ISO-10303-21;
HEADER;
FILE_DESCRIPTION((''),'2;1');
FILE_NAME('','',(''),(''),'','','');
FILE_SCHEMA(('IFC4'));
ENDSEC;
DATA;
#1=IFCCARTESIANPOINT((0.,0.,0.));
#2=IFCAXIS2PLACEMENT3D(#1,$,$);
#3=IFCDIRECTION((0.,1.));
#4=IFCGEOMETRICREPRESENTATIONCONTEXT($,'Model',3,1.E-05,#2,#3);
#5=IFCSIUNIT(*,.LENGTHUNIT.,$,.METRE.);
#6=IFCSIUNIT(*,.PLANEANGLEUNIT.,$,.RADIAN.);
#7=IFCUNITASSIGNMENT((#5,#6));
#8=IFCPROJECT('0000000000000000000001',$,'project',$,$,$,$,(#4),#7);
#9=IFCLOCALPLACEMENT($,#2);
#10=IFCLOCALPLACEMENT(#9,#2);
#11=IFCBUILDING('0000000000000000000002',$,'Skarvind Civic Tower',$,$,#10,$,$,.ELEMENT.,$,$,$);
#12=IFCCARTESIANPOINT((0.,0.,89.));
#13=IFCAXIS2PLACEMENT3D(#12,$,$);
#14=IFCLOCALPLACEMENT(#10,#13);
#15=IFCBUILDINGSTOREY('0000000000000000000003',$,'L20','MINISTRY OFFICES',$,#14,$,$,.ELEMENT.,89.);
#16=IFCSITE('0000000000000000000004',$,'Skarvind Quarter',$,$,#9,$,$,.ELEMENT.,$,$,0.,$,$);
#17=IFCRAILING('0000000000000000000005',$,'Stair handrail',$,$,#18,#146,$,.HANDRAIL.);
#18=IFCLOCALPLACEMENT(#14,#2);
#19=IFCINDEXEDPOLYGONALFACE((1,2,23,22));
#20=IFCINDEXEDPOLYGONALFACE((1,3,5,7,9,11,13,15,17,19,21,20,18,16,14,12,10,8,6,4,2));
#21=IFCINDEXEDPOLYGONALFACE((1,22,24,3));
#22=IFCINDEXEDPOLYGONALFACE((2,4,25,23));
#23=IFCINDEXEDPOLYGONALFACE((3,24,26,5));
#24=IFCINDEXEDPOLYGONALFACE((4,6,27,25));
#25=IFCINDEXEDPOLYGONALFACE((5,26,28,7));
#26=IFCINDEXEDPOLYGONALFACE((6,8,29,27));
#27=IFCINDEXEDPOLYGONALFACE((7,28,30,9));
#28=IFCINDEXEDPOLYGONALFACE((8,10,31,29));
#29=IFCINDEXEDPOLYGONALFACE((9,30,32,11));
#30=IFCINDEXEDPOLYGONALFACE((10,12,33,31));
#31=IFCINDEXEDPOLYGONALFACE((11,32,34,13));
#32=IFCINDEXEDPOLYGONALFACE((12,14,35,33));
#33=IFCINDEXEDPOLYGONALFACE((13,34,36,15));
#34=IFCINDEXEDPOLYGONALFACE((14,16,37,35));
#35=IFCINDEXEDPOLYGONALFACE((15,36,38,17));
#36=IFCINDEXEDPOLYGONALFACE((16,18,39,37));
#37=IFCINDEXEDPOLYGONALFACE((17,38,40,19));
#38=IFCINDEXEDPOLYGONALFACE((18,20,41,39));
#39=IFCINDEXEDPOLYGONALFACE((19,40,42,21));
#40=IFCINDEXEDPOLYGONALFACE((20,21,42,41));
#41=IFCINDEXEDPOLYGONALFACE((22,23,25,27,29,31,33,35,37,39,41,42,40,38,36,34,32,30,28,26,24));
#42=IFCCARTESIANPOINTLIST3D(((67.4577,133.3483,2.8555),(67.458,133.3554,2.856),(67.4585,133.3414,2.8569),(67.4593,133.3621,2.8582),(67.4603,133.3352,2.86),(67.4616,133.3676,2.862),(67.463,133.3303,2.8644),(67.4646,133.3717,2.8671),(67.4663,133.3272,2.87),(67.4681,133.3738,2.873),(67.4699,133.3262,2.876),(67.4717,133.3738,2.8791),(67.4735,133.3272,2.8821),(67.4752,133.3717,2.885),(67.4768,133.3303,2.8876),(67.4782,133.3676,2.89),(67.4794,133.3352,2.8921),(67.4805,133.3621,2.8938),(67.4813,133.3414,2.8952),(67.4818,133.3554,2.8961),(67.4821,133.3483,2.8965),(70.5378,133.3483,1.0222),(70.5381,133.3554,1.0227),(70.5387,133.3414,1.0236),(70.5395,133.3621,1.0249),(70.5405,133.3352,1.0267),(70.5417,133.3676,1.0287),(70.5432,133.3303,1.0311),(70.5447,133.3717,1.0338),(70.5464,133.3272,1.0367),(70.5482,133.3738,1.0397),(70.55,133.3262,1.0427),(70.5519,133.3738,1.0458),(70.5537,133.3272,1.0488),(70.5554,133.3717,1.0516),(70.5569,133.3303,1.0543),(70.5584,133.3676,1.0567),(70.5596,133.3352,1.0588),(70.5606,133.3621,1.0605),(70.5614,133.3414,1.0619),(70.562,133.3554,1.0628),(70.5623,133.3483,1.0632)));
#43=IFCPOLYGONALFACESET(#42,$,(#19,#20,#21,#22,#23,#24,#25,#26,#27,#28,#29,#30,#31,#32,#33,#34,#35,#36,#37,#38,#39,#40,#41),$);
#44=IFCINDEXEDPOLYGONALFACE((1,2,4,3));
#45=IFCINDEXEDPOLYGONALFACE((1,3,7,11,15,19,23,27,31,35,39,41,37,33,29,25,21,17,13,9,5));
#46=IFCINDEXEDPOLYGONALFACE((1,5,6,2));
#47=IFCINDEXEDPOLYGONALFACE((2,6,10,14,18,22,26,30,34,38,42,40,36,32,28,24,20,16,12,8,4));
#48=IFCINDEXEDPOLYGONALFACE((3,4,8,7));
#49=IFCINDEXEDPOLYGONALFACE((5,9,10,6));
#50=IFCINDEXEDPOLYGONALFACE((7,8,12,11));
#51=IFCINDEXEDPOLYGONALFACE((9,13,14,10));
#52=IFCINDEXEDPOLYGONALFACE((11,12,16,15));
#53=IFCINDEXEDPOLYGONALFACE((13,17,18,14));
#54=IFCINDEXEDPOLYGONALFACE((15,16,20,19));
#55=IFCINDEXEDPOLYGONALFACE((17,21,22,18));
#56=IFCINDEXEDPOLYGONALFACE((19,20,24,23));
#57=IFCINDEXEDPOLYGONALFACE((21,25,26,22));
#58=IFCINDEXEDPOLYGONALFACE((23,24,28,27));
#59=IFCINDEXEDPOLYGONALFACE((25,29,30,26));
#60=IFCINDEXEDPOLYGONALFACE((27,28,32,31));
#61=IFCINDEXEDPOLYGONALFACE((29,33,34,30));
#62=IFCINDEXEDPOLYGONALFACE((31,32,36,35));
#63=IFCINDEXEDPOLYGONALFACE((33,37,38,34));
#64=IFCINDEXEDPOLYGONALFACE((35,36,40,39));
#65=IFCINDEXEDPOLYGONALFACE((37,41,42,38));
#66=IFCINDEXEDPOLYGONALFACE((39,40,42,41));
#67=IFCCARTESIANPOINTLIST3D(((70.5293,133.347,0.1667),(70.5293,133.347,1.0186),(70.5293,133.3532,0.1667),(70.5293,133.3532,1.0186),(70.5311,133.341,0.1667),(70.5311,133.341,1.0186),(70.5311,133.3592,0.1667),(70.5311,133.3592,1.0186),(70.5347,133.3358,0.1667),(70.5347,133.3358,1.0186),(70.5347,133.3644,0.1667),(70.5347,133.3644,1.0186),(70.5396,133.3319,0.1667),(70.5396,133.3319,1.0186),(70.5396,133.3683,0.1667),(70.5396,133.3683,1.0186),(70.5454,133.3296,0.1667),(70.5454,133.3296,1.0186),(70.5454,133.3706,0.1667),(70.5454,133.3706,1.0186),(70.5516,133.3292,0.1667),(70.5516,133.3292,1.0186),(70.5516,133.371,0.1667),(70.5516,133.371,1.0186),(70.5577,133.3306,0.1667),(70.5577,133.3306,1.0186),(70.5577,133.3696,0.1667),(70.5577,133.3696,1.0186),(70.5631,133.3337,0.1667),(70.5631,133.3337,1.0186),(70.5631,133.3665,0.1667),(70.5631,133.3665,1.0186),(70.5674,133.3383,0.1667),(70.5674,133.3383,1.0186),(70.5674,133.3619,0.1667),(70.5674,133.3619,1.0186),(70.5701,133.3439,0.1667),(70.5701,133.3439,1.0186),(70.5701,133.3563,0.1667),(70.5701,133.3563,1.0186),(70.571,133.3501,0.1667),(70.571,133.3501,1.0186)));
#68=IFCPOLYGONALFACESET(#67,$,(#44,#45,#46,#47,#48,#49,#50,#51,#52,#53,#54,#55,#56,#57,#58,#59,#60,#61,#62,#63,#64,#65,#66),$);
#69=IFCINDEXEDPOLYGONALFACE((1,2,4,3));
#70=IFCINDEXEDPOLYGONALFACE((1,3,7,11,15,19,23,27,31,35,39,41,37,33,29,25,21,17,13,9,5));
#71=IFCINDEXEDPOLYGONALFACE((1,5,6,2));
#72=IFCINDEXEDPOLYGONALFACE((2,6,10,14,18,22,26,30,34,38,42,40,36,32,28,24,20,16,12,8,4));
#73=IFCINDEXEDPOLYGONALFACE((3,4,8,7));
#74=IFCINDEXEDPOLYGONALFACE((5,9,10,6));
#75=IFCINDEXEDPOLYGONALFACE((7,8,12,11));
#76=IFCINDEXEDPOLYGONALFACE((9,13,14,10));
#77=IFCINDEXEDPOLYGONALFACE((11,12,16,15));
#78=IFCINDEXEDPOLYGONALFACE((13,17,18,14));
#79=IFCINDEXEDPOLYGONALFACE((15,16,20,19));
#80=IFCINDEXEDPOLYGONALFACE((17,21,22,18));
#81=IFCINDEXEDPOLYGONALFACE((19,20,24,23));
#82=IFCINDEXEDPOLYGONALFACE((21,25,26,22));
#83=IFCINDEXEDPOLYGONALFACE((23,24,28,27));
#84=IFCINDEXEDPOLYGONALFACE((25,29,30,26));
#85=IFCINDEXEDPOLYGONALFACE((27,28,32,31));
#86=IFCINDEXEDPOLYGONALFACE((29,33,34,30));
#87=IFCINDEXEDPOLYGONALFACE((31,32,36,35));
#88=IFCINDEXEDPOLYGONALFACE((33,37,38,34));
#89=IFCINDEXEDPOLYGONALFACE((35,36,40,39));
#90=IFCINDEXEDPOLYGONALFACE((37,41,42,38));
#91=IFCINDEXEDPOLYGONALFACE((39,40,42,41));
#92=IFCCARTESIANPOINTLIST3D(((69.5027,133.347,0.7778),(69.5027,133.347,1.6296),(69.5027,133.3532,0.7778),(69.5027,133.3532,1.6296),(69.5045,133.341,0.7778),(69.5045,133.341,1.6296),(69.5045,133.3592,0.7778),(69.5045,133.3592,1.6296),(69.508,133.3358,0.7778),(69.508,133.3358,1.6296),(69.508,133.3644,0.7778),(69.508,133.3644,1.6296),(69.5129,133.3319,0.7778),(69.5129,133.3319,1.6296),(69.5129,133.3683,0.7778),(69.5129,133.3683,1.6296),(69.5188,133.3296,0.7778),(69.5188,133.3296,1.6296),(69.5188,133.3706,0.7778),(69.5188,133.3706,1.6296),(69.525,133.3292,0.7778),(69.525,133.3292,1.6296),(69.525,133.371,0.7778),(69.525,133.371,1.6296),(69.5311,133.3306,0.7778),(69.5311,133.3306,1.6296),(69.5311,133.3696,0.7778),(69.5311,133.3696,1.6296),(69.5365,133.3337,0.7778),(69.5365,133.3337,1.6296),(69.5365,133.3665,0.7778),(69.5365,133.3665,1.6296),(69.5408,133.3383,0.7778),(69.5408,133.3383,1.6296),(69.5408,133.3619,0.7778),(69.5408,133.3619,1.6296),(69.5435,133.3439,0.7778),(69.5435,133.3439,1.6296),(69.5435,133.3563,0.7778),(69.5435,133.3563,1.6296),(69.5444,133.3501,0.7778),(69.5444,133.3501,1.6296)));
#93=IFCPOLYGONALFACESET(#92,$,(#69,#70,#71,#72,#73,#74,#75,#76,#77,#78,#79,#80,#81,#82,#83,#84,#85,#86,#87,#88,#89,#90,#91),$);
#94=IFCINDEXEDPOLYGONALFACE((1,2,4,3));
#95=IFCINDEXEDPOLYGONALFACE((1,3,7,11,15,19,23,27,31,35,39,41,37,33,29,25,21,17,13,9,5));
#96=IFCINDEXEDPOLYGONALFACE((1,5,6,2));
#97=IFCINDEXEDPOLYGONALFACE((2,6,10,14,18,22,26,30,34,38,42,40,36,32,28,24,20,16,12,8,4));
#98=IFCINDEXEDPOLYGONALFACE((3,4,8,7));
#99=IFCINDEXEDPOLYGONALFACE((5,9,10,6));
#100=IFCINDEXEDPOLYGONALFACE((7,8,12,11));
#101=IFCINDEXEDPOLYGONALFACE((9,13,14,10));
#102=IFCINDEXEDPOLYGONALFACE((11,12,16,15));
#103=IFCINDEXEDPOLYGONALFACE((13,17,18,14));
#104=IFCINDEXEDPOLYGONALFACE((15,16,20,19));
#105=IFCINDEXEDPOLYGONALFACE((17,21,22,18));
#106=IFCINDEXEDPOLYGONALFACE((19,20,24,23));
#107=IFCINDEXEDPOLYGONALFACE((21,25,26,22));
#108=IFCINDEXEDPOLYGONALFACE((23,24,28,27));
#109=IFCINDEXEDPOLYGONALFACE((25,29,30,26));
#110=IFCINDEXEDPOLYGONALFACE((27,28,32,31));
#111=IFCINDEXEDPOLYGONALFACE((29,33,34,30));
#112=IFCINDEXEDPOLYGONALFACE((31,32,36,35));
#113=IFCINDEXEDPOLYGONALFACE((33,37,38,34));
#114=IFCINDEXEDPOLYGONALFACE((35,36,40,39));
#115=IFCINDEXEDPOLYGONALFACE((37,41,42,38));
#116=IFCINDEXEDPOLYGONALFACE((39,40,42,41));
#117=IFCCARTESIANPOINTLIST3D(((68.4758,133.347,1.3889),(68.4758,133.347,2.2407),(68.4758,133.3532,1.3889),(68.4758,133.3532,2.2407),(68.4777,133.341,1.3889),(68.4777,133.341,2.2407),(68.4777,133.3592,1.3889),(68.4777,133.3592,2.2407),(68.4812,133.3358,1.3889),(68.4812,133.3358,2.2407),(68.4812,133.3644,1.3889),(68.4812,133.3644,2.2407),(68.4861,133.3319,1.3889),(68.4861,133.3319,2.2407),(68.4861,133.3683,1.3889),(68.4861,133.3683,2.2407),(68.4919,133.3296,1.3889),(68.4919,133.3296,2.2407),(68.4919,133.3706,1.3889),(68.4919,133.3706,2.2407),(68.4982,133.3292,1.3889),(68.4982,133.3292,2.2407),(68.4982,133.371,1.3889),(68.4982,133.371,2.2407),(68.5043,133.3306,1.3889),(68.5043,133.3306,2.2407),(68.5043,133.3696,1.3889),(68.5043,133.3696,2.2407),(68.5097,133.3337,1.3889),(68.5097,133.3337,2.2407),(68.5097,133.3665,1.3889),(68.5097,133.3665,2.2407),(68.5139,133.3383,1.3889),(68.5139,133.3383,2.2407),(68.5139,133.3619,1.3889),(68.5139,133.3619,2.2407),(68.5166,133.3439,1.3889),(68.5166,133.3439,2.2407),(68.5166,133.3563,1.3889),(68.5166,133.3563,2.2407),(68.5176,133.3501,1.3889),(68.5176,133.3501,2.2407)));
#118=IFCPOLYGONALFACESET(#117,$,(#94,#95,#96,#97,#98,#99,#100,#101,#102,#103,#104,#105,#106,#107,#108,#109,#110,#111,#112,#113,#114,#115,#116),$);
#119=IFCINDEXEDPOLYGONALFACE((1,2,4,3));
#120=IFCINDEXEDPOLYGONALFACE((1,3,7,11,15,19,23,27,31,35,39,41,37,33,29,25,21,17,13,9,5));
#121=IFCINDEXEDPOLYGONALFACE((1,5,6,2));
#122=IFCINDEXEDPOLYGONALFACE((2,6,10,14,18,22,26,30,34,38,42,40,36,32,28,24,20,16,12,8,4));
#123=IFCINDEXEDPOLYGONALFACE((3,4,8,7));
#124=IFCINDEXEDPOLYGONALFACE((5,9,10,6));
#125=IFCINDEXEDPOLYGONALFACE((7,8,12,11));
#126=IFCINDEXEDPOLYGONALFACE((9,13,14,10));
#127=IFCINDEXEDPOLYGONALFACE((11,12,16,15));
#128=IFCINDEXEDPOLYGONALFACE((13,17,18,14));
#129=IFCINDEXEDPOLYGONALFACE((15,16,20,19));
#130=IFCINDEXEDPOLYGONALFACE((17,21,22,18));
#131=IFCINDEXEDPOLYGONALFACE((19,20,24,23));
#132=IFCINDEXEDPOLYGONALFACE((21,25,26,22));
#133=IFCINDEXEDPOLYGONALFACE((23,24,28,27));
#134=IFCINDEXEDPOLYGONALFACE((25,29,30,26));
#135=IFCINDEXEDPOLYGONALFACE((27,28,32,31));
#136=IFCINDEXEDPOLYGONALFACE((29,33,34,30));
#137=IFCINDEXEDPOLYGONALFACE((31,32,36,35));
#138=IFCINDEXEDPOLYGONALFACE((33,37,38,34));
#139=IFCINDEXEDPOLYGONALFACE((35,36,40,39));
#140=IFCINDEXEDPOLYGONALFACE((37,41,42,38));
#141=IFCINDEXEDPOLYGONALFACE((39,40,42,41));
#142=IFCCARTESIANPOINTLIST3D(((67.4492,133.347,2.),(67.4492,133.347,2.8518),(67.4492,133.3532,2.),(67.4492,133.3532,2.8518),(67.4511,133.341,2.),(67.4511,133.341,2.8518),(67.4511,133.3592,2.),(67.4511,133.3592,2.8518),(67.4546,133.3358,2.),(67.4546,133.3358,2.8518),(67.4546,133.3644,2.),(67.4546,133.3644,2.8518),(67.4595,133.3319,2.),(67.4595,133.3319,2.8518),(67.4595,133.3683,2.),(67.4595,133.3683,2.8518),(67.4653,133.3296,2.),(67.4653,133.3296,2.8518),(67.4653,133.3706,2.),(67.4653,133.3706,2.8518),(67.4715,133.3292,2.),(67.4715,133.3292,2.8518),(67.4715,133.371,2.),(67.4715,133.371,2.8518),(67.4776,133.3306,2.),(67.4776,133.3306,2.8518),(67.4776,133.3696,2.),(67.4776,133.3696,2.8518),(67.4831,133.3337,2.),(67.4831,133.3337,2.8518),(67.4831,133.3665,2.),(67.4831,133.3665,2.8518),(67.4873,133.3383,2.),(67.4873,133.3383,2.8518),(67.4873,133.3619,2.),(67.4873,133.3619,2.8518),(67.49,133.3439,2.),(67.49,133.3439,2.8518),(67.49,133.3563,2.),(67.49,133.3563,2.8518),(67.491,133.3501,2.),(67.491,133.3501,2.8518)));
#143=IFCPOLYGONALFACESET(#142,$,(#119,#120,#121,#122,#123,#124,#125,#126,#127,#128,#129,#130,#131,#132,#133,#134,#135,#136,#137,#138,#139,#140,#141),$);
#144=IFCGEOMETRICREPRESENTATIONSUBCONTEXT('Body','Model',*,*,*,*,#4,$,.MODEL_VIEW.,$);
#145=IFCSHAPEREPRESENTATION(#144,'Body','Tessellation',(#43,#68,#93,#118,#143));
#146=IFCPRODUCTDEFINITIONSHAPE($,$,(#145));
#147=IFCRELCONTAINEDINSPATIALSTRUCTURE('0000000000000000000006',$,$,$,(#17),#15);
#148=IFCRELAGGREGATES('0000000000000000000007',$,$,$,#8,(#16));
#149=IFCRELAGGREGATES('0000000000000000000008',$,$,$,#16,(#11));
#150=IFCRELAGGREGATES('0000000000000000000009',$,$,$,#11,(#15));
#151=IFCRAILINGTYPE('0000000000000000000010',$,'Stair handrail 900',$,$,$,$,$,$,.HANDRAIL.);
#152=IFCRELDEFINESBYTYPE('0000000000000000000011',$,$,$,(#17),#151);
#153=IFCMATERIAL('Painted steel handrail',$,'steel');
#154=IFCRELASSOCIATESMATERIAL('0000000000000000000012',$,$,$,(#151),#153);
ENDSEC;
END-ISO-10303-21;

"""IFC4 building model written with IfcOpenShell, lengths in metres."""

from ifc_helpers import new_model, si_unit, direction, frame, origin, origin_2d, place, context, subcontext, project, spatial, circle, extrude, material, type_object, element, save


model = new_model("IFC4")

# Units and contexts
model_context = context("Model", 3, precision=1e-05, world=origin(), true_north=direction((0.0, 1.0)))
body_context = subcontext(model_context, "Body", "Model", "MODEL_VIEW")
ifc_project = project(units=[si_unit("LENGTHUNIT", "METRE"), si_unit("PLANEANGLEUNIT", "RADIAN")], contexts=[model_context])

# Site, building, storey
site_placement = place(None, origin())
site = spatial("IfcSite", under=ifc_project, at=site_placement, Name="Skarvind Quarter", CompositionType="ELEMENT", RefElevation=0.0)
building_placement = place(site_placement, origin())
building = spatial("IfcBuilding", under=site, at=building_placement, Name="Skarvind Civic Tower", CompositionType="ELEMENT")
storey_placement = place(building_placement, frame((0.0, 0.0, 89.0)))
storey = spatial("IfcBuildingStorey", under=building, at=storey_placement, Name="L20", Description="MINISTRY OFFICES", CompositionType="ELEMENT", Elevation=89.0)

# Railing
ifc_material_1 = material(Name="Painted steel handrail", Category="steel")
railing_type = type_object("IfcRailingType", Name="Stair handrail 900", PredefinedType="HANDRAIL", material=ifc_material_1)
railing_1_placement = place(storey_placement, frame((70.55, 133.3501, 0.1667)))
element("IfcRailing", 1, at=railing_1_placement, inside=storey, type_object=railing_type, Name="Stair handrail", PredefinedType="HANDRAIL", context=body_context, shape_type="SweptSolid", body=[
    extrude(circle(Radius=0.0239, at=origin_2d()), frame((0.0, 0.0, 0.876), z_axis=(-0.859309, 0.0, 0.511458), x_axis=(0.0, -1.0, 0.0)), (0.0, 0.0, 1.0), 3.5845),
    extrude(circle(Radius=0.021, at=origin_2d()), origin(), (0.0, 0.0, 1.0), 0.8518),
    extrude(circle(Radius=0.021, at=origin_2d()), frame((-1.0266, 0.0, 0.6111)), (0.0, 0.0, 1.0), 0.8518),
    extrude(circle(Radius=0.021, at=origin_2d()), frame((-2.0535, 0.0, 1.2222)), (0.0, 0.0, 1.0), 0.8518),
    extrude(circle(Radius=0.021, at=origin_2d()), frame((-3.0801, 0.0, 1.8333)), (0.0, 0.0, 1.0), 0.8518),
])

save(model, "model.ifc")
